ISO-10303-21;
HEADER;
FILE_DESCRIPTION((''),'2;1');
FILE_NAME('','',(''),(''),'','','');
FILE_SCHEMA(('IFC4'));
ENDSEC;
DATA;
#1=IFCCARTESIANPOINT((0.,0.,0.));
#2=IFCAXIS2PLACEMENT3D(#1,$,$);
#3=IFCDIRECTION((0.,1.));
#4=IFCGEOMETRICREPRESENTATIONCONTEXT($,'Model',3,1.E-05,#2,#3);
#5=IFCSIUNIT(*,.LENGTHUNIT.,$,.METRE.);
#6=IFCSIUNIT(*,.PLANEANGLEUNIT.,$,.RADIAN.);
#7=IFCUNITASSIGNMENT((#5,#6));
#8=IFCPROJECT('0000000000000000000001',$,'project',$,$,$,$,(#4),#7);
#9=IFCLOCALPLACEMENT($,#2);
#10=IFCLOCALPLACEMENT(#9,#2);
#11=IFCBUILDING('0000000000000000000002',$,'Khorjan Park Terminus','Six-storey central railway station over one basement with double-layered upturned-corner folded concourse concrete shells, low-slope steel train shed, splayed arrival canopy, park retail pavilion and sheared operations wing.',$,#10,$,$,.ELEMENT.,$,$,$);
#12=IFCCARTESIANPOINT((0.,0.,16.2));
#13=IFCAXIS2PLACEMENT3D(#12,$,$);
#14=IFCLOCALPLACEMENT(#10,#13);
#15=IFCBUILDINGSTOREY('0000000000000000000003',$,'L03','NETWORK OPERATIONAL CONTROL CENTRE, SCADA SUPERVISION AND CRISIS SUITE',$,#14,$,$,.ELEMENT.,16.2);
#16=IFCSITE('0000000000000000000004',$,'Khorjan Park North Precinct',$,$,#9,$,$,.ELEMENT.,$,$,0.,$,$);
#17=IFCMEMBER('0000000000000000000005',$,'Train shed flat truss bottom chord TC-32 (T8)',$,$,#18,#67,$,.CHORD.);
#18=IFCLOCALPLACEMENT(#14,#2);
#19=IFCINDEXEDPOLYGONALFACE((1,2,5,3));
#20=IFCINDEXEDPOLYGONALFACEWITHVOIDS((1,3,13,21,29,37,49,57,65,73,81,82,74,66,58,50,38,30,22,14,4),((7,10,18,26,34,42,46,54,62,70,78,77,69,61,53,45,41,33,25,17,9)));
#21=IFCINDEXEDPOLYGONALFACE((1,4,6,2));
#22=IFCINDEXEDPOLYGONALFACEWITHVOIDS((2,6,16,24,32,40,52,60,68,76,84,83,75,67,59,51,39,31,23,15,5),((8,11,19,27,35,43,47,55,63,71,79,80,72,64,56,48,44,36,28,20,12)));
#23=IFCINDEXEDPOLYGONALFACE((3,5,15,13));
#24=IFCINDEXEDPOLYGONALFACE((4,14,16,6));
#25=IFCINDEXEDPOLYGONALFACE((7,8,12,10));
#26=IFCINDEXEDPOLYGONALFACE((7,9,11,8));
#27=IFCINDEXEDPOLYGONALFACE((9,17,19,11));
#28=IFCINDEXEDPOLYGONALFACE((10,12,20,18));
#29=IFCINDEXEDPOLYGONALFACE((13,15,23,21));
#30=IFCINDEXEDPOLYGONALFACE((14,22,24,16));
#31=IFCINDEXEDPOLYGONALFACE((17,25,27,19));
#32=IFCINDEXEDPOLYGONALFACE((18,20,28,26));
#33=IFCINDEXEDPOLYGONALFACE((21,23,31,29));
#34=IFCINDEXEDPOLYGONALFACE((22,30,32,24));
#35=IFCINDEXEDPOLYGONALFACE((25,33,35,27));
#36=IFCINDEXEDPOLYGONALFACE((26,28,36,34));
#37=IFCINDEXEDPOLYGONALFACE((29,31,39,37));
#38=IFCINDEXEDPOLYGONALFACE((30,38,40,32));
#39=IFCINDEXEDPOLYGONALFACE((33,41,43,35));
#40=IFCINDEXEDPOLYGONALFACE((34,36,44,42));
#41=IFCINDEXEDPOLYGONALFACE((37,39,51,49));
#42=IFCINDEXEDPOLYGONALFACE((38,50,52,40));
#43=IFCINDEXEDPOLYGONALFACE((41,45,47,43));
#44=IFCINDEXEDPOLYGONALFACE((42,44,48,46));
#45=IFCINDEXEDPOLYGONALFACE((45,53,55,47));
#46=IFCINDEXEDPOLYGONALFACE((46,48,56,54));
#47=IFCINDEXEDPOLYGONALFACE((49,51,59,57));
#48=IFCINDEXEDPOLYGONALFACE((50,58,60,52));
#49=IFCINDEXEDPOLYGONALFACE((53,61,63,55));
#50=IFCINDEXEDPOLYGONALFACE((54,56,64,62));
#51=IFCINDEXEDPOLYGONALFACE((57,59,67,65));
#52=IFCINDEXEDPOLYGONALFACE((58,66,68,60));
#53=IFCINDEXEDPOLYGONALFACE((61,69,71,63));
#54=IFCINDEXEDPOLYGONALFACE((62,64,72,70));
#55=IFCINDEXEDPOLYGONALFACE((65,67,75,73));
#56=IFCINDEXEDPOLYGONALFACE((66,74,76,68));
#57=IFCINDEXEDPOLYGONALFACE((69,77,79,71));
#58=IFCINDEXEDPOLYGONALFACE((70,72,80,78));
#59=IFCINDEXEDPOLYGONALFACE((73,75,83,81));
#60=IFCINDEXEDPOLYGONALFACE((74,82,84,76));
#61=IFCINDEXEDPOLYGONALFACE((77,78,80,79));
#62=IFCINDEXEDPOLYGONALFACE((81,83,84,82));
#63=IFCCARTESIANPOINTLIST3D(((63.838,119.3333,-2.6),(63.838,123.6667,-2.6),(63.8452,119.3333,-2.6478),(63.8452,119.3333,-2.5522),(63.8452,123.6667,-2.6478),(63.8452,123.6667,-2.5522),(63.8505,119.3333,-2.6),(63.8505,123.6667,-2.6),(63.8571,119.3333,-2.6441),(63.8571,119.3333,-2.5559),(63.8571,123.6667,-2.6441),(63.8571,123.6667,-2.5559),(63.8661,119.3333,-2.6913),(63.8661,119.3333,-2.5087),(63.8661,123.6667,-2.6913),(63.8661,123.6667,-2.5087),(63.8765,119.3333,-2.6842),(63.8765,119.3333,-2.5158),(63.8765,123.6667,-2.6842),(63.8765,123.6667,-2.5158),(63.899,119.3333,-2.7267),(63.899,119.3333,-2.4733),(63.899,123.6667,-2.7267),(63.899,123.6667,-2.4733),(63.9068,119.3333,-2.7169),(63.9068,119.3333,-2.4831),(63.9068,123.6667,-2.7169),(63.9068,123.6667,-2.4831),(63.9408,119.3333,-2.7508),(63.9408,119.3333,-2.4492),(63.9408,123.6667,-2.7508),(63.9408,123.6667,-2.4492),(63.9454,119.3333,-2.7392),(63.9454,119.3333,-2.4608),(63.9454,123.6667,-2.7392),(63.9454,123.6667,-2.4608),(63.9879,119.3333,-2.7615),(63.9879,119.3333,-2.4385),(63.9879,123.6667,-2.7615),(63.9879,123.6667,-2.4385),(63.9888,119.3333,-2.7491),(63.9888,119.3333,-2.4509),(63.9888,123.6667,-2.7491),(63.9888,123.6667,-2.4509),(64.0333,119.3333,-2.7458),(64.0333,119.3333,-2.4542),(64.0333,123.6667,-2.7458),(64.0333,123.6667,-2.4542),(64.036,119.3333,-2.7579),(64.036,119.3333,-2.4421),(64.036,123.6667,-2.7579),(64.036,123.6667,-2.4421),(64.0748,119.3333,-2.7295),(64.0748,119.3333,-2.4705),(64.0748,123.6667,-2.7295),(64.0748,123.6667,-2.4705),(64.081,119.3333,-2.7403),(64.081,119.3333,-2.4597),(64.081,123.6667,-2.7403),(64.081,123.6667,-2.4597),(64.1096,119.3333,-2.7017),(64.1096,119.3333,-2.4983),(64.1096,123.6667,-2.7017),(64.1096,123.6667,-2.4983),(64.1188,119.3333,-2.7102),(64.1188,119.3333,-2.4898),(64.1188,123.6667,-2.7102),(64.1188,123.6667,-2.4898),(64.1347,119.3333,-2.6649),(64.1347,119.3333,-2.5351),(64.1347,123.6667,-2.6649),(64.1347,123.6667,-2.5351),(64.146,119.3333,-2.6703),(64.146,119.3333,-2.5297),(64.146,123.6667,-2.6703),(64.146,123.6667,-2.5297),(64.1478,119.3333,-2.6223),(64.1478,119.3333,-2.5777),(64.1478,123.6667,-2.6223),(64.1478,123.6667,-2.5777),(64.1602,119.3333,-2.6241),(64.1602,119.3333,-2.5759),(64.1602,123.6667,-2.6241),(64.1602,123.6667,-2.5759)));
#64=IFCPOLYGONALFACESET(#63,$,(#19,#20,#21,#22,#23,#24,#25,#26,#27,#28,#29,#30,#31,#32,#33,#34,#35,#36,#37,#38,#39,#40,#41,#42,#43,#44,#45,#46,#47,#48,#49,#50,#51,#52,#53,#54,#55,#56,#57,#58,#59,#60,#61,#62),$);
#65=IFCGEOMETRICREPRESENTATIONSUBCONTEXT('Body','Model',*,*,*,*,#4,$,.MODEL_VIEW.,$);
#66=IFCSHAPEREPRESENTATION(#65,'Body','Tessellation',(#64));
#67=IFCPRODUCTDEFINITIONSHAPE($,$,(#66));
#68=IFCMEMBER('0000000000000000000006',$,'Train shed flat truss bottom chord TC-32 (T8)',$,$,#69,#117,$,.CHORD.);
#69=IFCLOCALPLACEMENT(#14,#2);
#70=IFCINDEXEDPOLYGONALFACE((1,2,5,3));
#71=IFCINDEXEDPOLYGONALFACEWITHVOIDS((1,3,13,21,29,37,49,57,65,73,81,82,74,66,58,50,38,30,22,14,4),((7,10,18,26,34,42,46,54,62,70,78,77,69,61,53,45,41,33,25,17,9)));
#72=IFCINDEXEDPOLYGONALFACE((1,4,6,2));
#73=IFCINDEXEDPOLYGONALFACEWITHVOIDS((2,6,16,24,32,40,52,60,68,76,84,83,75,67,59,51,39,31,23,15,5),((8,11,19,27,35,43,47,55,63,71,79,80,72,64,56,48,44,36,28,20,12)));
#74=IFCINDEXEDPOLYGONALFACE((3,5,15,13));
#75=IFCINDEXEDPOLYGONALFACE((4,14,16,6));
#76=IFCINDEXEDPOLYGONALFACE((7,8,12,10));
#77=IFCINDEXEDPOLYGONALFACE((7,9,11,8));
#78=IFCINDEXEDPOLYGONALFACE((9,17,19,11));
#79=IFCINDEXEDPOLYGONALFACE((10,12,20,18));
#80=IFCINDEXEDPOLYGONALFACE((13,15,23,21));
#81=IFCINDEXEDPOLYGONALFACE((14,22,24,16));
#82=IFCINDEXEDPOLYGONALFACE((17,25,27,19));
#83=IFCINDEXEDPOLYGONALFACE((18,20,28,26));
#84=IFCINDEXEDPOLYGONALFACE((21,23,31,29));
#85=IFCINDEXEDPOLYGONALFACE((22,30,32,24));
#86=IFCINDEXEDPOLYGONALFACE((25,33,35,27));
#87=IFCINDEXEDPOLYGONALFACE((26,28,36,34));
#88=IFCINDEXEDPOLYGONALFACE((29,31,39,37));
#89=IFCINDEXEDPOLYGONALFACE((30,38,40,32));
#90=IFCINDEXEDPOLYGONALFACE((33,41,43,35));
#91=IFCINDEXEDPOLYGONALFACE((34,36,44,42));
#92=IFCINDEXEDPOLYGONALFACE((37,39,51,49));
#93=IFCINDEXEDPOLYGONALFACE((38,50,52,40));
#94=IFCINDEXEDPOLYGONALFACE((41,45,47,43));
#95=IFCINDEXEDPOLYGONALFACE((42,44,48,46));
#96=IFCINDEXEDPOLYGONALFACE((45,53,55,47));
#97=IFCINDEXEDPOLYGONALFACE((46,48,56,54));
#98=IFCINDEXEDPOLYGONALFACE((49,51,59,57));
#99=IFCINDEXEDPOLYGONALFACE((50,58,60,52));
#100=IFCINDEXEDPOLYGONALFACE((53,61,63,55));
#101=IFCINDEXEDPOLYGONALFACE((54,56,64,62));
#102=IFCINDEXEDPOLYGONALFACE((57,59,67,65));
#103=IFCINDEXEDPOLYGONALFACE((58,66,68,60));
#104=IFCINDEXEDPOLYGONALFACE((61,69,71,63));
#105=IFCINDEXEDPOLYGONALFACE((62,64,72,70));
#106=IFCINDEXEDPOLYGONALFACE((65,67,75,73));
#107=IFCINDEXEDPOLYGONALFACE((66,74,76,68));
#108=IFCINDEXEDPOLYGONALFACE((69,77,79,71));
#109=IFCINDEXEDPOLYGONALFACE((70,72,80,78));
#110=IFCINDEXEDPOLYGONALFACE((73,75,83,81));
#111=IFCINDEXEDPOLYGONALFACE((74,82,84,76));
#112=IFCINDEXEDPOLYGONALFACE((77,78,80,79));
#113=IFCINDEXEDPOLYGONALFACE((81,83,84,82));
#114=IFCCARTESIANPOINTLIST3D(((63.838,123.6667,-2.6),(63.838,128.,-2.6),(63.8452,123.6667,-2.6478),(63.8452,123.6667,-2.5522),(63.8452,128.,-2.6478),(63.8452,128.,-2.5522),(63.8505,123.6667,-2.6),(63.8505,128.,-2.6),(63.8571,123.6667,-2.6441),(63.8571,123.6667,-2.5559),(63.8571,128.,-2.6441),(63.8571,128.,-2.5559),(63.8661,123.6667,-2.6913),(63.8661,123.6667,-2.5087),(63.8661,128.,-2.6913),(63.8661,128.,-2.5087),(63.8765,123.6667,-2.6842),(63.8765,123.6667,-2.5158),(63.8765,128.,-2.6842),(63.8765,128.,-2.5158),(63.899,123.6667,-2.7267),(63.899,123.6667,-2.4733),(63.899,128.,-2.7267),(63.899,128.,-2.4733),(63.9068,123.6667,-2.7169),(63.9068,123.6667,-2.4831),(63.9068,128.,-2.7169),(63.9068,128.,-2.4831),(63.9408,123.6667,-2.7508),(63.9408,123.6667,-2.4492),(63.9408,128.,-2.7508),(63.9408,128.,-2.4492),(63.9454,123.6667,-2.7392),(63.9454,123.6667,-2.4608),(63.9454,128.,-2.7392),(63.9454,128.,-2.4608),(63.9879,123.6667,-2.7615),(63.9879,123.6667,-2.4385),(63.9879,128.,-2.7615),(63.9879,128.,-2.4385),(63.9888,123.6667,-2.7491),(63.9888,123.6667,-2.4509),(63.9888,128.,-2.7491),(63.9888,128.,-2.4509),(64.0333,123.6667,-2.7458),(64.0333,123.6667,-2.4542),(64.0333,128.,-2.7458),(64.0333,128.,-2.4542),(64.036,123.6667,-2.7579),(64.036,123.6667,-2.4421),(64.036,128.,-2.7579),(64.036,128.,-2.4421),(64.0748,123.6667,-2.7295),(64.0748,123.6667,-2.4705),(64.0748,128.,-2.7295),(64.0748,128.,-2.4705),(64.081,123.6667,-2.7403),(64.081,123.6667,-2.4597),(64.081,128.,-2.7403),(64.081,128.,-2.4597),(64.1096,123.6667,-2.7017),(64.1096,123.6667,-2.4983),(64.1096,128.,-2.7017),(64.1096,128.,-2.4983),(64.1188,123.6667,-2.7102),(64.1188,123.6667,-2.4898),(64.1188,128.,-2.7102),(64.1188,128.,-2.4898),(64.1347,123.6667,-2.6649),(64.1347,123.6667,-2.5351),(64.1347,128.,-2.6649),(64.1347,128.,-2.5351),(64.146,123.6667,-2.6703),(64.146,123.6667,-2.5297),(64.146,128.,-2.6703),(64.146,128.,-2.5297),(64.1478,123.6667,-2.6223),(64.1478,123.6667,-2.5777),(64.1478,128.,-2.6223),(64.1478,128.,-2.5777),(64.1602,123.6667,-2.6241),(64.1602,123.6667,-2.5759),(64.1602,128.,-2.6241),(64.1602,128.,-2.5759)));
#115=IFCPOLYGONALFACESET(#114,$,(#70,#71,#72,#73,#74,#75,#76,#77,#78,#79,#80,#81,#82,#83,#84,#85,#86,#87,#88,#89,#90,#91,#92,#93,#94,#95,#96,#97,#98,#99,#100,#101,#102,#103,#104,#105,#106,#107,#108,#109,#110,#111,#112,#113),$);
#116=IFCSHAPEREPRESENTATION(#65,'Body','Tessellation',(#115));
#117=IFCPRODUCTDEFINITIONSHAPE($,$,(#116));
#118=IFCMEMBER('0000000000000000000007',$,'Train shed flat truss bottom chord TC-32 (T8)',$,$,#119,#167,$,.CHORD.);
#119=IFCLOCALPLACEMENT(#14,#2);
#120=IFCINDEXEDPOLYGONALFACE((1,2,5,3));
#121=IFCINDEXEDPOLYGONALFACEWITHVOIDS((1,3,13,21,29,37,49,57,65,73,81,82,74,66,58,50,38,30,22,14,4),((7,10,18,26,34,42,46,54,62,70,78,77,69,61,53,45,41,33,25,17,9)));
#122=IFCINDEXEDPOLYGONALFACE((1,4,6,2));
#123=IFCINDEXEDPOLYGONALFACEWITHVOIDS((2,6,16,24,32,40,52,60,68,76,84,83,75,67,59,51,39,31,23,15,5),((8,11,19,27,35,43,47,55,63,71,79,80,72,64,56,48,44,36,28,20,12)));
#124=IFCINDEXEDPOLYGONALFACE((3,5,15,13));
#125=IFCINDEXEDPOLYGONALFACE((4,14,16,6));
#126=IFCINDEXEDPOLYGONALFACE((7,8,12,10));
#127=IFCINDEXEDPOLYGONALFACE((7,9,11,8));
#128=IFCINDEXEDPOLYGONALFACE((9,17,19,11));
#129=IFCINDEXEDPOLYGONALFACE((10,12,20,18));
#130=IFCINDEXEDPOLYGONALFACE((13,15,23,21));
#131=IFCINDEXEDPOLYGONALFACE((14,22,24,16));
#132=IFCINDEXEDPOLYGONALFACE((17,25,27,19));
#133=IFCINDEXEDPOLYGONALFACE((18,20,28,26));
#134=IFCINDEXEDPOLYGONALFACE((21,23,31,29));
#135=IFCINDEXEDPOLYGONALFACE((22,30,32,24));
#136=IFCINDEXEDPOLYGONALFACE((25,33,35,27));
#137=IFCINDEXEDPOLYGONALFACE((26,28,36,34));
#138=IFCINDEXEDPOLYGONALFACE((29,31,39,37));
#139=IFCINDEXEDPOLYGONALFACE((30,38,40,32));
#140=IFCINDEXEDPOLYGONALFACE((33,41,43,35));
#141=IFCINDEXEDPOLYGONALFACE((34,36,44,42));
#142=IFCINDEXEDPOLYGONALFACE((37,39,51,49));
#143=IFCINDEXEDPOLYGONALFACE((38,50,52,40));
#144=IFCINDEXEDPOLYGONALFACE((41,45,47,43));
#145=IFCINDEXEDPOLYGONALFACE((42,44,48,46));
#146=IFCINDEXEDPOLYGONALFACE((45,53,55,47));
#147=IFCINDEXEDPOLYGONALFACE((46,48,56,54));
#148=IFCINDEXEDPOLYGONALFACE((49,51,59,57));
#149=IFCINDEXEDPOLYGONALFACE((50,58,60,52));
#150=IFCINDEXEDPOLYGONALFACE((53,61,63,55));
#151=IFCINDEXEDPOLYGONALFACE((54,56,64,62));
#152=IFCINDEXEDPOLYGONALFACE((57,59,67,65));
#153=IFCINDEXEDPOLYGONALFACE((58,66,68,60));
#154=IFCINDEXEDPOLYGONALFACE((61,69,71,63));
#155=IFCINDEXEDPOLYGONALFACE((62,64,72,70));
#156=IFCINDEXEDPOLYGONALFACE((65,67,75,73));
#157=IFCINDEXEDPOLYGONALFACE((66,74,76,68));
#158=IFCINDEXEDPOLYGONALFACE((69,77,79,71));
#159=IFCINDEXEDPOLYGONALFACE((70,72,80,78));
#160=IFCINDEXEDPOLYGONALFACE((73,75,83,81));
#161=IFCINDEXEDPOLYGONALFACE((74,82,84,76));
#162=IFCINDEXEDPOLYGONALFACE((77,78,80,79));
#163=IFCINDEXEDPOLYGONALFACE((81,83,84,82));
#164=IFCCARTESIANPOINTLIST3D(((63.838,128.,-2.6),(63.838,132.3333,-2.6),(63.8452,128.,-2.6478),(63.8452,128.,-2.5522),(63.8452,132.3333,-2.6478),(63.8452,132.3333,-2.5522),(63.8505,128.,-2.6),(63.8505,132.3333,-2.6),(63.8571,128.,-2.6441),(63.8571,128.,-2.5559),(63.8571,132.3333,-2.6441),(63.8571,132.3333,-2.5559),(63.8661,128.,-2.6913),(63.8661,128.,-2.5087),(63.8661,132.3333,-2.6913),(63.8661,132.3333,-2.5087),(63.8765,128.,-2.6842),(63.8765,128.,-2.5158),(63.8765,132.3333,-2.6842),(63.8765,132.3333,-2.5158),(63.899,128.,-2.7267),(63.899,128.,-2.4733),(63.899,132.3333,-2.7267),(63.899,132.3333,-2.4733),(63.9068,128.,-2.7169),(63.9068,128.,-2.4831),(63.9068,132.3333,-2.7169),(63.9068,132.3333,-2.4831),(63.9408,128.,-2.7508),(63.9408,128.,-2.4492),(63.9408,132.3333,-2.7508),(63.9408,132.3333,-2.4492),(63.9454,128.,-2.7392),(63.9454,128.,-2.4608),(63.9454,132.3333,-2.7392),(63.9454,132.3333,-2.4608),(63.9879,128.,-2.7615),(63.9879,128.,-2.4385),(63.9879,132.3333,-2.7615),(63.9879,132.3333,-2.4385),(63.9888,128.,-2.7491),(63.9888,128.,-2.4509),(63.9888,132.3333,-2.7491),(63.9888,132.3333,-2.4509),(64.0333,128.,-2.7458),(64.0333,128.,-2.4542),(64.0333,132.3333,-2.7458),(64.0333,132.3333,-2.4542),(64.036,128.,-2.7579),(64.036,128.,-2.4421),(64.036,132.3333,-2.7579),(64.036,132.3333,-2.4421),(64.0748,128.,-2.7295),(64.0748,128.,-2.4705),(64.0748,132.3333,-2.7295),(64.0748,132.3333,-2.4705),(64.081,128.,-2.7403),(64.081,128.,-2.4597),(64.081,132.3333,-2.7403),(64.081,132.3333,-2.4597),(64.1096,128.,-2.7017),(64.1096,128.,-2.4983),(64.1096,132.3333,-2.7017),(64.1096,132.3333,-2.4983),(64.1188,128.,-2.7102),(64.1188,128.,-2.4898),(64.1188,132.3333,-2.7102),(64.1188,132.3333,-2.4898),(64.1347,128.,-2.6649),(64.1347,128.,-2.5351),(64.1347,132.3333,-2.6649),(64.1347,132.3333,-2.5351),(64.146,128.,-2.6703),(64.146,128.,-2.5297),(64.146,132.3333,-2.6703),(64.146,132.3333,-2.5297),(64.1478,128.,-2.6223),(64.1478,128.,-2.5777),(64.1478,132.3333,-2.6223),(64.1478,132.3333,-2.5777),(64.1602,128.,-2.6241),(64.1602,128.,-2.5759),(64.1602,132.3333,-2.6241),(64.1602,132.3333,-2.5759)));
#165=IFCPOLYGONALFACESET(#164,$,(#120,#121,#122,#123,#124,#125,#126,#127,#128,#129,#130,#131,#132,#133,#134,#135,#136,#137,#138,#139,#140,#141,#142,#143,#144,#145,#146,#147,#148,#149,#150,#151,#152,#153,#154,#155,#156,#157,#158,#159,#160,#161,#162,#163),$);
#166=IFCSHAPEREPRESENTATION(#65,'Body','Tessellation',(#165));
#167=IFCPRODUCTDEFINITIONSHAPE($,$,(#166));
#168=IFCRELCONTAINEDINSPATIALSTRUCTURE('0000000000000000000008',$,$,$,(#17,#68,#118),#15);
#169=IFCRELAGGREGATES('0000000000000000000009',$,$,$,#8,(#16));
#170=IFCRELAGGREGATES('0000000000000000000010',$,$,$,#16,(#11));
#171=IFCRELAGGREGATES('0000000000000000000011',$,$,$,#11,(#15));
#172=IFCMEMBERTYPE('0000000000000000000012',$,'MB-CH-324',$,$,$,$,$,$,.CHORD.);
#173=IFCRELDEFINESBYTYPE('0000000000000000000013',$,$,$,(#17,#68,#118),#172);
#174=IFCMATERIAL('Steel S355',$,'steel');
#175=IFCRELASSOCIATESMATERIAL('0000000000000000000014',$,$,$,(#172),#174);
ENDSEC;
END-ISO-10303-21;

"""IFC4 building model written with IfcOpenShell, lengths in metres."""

from ifc_helpers import new_model, si_unit, direction, frame, origin, origin_2d, place, context, subcontext, project, spatial, hollow_circle, extrude, material, material_profile, profile_set, type_object, element, save


model = new_model("IFC4")

# Units and contexts
model_context = context("Model", 3, precision=1e-05, world=origin(), true_north=direction((0.0, 1.0)))
body_context = subcontext(model_context, "Body", "Model", "MODEL_VIEW")
ifc_project = project(units=[si_unit("LENGTHUNIT", "METRE"), si_unit("PLANEANGLEUNIT", "RADIAN")], contexts=[model_context])

# Site, building, storey
site_placement = place(None, origin())
site = spatial("IfcSite", under=ifc_project, at=site_placement, Name="Khorjan Park North Precinct", CompositionType="ELEMENT", RefElevation=0.0)
building_placement = place(site_placement, origin())
building = spatial("IfcBuilding", under=site, at=building_placement, Name="Khorjan Park Terminus", Description="Six-storey central railway station over one basement with double-layered upturned-corner folded concourse concrete shells, low-slope steel train shed, splayed arrival canopy, park retail pavilion and sheared operations wing.", CompositionType="ELEMENT")
storey_placement = place(building_placement, frame((0.0, 0.0, 16.2)))
storey = spatial("IfcBuildingStorey", under=building, at=storey_placement, Name="L03", Description="NETWORK OPERATIONAL CONTROL CENTRE, SCADA SUPERVISION AND CRISIS SUITE", CompositionType="ELEMENT", Elevation=16.2)

# Members
ifc_material = material(Name="Steel S355", Category="steel")
ifc_material_profile_1 = material_profile(ifc_material, hollow_circle(Radius=0.162, WallThickness=0.0125, at=origin_2d()), Name="CHS 323.9x12.5")
ifc_profile_set_1 = profile_set([ifc_material_profile_1], Name="Steel S355")
member_type_1 = type_object("IfcMemberType", Name="MB-CH-324", PredefinedType="CHORD", material=ifc_profile_set_1)
member_1_placement = place(storey_placement, frame((64.0, 119.3333, -2.6), z_axis=(0.0, 1.0, 0.0), x_axis=(-1.0, 0.0, 0.0)))
element("IfcMember", 1, at=member_1_placement, inside=storey, type_object=member_type_1, Name="Train shed flat truss bottom chord TC-32 (T8)", PredefinedType="CHORD", context=body_context, shape_type="SweptSolid", body=[
    extrude(hollow_circle(Radius=0.162, WallThickness=0.0125, at=origin_2d()), origin(), (0.0, 0.0, 1.0), 4.3334),
])
for number, where, z_axis, x_axis, name in (
    (2, (64.0, 123.6667, -2.6), (0.0, 1.0, 0.0), (-1.0, 0.0, 0.0), "Train shed flat truss bottom chord TC-32 (T8)"),
    (3, (64.0, 128.0, -2.6), (0.0, 1.0, 0.0), (-1.0, 0.0, 0.0), "Train shed flat truss bottom chord TC-32 (T8)"),
):
    element("IfcMember", number, at=place(storey_placement, frame(where, z_axis=z_axis, x_axis=x_axis)), inside=storey, type_object=member_type_1, Name=name, PredefinedType="CHORD", context=body_context, shape_type="SweptSolid", body=[
        extrude(hollow_circle(Radius=0.162, WallThickness=0.0125, at=origin_2d()), origin(), (0.0, 0.0, 1.0), 4.3333),
    ])

save(model, "model.ifc")
